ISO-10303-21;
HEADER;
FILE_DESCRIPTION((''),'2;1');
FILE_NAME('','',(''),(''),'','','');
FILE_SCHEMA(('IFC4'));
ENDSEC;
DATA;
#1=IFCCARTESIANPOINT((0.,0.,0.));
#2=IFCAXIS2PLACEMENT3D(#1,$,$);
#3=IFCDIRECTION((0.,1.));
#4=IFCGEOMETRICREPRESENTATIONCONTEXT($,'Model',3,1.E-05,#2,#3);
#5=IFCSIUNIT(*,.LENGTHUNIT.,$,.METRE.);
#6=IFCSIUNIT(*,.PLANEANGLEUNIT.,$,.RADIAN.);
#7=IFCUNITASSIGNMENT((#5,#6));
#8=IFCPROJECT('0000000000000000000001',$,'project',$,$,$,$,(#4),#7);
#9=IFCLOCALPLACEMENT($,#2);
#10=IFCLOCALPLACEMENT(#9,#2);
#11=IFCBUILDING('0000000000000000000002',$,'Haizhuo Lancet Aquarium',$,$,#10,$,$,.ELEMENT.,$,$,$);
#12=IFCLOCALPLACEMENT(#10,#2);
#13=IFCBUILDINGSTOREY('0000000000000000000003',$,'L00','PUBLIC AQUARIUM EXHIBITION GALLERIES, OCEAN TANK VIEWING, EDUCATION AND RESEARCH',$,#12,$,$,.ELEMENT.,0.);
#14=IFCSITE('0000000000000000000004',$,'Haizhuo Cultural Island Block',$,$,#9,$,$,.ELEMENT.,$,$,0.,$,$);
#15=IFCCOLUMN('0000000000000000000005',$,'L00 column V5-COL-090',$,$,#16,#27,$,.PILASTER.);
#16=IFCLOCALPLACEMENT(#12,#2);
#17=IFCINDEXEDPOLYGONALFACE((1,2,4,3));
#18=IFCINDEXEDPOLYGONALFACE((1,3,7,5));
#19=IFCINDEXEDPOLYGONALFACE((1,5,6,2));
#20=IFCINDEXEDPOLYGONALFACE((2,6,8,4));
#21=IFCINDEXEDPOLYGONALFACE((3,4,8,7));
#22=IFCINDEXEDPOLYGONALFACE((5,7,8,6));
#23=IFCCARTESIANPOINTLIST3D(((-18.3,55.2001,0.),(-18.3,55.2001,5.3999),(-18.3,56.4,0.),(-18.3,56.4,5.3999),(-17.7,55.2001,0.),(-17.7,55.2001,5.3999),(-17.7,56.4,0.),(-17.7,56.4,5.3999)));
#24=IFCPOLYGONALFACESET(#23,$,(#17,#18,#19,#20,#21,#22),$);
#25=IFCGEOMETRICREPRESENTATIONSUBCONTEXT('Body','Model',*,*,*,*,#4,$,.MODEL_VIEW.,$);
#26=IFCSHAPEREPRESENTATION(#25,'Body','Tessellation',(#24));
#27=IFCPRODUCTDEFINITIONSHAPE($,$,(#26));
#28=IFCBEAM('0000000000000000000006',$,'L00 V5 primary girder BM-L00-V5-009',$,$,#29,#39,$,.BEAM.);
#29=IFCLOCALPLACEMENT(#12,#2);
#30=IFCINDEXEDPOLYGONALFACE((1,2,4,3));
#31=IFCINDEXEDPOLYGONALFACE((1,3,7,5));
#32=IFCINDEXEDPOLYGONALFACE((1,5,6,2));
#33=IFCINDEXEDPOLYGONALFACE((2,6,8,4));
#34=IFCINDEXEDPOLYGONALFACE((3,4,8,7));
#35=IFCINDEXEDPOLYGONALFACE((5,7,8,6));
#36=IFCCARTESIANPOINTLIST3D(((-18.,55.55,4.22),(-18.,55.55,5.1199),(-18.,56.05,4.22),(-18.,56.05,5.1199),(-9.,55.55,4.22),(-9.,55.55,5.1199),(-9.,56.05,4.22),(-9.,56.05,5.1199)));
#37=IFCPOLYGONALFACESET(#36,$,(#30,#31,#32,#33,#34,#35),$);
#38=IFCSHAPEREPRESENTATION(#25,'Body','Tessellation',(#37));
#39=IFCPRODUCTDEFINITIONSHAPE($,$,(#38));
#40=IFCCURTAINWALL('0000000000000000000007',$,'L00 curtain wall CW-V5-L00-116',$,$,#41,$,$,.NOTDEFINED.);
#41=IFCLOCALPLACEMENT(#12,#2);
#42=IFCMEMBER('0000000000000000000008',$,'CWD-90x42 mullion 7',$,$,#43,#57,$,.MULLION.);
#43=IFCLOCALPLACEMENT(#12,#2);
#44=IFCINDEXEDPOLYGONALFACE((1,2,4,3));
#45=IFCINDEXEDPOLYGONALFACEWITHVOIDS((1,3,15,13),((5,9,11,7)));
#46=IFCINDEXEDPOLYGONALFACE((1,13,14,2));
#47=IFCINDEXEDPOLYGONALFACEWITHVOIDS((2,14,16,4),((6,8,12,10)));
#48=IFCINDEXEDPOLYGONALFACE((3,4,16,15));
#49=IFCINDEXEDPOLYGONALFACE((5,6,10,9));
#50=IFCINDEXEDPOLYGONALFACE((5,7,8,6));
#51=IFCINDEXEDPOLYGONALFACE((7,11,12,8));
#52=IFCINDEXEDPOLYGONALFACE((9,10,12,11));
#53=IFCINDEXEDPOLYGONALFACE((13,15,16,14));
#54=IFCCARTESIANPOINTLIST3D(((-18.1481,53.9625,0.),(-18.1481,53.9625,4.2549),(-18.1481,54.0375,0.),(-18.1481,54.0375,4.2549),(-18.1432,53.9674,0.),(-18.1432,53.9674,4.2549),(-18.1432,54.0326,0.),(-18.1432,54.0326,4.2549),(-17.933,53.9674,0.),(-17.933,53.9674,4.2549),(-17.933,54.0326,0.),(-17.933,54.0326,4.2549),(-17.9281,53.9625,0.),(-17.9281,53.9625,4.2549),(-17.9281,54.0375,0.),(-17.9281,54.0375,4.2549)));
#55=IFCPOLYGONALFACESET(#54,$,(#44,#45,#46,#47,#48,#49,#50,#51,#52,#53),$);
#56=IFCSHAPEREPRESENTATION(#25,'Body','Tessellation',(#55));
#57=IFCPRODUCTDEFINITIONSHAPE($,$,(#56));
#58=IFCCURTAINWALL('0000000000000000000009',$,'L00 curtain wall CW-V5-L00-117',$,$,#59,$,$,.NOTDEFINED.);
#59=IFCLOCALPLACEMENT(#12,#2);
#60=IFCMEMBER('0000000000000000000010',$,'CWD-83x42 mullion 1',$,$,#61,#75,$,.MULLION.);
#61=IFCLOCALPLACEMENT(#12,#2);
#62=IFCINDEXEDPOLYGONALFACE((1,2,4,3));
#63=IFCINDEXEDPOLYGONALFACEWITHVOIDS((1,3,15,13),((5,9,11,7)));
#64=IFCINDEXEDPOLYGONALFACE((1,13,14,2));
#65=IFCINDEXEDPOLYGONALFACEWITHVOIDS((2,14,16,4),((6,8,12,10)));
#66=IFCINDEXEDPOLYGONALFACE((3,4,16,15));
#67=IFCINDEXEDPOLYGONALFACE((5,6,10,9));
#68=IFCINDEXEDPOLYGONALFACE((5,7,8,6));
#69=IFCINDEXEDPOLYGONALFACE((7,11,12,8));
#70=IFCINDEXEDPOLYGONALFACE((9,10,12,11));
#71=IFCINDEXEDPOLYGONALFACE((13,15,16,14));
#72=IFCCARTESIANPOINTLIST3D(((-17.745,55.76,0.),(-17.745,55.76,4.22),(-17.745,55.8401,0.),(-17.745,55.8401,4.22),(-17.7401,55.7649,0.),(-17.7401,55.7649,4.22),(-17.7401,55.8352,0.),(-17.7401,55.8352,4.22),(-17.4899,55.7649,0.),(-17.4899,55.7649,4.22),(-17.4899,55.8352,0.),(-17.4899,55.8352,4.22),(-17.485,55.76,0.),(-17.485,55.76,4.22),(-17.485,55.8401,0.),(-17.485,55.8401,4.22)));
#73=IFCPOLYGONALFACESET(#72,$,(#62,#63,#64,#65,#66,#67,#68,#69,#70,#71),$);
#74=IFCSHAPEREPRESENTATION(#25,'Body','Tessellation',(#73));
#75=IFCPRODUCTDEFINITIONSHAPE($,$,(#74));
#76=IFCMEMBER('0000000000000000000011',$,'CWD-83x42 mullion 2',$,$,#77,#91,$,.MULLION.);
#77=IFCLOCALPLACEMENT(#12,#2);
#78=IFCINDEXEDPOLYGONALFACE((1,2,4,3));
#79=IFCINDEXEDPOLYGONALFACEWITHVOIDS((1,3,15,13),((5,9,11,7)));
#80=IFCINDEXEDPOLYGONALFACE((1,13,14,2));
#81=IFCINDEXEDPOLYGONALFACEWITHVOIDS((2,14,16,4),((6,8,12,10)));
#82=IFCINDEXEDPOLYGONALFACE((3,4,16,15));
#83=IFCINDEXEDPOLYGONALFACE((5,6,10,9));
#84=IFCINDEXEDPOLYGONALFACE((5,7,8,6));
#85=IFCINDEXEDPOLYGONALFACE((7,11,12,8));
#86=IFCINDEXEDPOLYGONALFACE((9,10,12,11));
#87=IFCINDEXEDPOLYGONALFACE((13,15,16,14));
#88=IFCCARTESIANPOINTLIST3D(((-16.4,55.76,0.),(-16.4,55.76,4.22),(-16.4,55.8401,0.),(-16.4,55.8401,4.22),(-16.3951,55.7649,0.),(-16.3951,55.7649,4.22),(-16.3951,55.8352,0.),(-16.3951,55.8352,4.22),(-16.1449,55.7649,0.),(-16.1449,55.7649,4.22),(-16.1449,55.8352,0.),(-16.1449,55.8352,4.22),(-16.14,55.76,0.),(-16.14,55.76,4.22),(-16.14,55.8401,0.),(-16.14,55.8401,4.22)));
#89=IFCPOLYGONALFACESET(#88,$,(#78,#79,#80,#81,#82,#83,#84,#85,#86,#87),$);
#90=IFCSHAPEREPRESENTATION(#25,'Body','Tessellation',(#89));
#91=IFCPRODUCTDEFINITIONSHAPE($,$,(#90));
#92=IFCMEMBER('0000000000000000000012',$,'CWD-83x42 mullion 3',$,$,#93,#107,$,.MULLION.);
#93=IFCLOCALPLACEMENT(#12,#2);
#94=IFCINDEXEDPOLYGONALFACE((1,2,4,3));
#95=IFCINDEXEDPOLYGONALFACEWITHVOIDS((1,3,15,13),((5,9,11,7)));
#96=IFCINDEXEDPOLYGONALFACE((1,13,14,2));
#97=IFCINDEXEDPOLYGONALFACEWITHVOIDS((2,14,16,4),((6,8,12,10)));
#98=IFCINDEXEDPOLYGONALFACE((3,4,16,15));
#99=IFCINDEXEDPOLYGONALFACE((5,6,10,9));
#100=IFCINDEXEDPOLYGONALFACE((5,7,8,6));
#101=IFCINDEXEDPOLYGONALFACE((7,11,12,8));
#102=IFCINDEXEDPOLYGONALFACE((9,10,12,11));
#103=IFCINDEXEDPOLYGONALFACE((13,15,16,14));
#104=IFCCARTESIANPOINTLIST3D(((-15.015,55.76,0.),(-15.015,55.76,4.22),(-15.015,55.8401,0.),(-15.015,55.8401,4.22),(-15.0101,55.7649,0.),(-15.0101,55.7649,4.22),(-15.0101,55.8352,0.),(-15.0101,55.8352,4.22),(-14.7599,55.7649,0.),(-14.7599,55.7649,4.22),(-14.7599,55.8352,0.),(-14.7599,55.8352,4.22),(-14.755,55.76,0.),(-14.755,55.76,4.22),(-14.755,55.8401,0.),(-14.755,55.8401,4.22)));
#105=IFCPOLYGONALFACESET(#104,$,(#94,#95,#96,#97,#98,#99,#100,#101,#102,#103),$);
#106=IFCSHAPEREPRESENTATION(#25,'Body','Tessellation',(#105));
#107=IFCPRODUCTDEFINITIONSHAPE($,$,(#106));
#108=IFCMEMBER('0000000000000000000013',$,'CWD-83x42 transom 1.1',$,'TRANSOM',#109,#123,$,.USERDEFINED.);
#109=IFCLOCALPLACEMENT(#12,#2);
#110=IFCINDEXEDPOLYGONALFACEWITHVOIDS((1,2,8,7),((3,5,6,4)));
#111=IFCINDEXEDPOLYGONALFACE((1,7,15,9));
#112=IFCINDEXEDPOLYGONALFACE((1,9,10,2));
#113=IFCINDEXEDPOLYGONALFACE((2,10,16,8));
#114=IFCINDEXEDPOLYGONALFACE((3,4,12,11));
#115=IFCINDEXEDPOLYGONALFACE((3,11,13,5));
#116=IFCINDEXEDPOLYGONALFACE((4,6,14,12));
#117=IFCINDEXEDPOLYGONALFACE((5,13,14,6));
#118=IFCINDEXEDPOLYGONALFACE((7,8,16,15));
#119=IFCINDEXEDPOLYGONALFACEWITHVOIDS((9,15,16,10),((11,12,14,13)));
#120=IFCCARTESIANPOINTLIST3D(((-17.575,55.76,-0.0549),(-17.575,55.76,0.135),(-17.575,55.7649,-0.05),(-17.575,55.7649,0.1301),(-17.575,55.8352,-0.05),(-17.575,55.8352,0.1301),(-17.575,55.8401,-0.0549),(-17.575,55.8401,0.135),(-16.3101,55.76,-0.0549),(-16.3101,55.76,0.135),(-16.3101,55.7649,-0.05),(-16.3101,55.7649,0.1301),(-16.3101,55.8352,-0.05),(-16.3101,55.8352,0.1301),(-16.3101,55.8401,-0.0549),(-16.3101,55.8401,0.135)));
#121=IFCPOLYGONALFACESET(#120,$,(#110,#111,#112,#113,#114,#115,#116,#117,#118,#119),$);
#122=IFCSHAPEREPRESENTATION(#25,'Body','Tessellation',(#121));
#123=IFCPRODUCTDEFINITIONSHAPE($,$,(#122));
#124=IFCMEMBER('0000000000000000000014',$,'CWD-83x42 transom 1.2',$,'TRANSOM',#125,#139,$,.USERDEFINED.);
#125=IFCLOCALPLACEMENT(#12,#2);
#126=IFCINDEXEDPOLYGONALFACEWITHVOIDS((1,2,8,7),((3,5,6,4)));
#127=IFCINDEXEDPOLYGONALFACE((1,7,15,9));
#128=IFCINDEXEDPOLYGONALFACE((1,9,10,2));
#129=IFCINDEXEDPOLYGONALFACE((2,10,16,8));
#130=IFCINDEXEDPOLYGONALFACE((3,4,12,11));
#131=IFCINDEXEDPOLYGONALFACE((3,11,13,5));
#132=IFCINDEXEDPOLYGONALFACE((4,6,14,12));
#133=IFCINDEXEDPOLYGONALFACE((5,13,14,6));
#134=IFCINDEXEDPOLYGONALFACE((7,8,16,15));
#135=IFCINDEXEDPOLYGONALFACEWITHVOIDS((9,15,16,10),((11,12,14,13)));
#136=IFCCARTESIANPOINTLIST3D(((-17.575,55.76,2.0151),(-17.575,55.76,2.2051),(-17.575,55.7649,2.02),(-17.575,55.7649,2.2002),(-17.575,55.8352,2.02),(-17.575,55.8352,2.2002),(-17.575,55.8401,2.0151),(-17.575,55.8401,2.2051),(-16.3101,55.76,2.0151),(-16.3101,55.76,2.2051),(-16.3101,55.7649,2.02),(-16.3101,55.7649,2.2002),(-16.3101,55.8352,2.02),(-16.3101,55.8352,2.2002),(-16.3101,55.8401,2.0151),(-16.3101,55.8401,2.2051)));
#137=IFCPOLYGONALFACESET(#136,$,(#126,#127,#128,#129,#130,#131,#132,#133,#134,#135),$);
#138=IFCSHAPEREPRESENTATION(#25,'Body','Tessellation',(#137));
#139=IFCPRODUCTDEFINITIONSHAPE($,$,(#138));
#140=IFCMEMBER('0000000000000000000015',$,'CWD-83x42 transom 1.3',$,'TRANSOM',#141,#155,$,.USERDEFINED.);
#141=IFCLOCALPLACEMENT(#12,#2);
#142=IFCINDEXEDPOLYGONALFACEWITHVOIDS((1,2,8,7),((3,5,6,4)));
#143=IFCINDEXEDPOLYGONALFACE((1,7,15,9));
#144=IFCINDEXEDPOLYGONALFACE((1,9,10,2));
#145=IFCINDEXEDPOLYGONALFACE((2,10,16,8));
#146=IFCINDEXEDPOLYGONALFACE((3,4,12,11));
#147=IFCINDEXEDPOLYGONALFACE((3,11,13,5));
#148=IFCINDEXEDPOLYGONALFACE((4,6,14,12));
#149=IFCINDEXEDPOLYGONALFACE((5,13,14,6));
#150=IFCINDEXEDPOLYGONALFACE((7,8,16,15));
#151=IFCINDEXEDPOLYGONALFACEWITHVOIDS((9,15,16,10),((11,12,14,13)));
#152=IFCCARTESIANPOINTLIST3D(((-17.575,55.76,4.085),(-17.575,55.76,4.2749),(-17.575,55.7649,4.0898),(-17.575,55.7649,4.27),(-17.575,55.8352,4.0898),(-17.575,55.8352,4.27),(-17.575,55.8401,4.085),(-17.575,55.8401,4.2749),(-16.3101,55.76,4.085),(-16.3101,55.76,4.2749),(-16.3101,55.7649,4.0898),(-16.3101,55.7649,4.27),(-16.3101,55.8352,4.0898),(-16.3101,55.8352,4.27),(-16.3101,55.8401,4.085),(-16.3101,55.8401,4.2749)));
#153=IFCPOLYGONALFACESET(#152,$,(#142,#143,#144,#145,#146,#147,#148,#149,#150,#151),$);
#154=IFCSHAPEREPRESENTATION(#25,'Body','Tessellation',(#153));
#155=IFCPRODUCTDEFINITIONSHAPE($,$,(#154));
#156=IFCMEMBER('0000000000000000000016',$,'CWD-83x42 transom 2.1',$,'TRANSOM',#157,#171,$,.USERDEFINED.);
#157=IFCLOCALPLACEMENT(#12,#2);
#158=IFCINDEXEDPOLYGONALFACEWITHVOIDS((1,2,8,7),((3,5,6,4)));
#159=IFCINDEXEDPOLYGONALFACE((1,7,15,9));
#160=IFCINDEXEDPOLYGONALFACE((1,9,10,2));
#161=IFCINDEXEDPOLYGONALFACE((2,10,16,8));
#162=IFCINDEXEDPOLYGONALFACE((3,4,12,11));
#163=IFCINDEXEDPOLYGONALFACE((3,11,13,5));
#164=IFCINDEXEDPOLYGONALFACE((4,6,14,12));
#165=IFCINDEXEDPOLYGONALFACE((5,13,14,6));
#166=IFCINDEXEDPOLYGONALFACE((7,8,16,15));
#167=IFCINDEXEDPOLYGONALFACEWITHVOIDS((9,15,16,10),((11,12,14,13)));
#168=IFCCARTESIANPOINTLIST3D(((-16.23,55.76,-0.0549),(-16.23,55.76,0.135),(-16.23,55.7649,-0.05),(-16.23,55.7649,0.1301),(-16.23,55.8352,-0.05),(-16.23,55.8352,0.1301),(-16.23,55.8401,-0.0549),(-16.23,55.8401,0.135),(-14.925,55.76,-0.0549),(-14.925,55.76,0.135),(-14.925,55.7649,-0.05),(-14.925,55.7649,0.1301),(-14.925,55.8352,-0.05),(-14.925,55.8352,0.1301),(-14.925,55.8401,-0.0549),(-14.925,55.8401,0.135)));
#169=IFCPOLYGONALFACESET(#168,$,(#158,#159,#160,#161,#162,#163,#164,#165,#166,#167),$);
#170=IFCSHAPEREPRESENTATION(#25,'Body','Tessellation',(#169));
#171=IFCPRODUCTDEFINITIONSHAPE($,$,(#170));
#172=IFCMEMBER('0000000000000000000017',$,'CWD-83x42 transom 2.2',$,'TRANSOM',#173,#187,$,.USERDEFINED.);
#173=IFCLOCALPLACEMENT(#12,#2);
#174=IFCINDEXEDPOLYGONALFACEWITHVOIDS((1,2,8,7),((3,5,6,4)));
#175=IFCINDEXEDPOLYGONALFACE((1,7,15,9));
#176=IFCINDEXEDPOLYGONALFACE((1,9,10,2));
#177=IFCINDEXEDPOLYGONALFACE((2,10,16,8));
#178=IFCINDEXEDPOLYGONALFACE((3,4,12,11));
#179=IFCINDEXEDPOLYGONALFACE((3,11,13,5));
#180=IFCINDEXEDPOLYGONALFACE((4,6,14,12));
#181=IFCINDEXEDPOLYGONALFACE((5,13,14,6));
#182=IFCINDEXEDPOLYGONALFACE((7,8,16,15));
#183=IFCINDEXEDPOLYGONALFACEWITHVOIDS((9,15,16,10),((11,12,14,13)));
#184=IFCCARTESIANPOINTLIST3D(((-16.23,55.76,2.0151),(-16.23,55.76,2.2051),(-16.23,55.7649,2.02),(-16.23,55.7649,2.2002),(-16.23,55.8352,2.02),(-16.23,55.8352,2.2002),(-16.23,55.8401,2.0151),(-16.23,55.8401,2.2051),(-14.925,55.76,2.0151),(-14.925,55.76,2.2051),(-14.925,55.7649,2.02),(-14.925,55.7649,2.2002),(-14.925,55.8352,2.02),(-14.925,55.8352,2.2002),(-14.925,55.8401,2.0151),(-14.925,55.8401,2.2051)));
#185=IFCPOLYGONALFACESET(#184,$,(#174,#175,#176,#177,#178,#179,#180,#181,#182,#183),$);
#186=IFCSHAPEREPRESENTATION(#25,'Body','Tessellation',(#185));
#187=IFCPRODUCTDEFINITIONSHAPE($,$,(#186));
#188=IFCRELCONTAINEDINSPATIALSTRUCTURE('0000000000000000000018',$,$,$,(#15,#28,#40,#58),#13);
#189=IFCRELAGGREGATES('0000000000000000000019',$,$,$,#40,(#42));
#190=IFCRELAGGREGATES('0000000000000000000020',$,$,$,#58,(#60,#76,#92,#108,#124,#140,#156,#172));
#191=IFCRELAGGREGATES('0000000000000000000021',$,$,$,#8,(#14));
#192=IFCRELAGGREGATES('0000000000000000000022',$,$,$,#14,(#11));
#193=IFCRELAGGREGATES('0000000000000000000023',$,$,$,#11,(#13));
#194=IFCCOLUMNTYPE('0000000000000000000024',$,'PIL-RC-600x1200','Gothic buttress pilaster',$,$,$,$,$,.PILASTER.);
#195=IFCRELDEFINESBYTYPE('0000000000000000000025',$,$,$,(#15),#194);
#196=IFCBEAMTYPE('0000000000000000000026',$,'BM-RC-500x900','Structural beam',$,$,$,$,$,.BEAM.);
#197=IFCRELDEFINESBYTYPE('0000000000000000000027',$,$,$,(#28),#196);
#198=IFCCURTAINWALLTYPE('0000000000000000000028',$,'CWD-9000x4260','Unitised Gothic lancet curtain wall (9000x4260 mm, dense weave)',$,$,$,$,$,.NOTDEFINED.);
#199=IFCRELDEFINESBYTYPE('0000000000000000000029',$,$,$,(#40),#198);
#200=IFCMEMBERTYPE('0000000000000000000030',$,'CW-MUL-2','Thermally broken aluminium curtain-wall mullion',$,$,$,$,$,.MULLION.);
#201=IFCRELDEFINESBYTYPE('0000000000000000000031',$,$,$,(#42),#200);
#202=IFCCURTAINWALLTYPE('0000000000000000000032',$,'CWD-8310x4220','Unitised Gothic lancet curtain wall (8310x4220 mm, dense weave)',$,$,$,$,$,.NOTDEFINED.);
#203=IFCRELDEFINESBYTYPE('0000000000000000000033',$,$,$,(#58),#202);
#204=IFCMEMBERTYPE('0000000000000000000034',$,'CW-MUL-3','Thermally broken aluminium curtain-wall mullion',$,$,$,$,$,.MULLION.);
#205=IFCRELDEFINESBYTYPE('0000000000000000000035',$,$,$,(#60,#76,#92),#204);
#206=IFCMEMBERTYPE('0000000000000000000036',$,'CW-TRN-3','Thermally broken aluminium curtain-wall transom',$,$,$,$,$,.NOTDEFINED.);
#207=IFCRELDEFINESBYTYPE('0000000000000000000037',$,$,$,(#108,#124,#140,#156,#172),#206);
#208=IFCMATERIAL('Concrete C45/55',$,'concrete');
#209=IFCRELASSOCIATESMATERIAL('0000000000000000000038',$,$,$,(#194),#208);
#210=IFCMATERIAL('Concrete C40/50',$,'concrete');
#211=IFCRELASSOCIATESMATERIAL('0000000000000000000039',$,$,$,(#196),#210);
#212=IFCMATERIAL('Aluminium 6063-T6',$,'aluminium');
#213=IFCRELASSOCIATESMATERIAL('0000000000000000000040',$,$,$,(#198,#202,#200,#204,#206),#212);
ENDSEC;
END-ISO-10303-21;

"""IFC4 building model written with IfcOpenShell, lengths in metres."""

from ifc_helpers import new_model, si_unit, direction, frame, origin, origin_2d, place, context, subcontext, project, spatial, rectangle, hollow_rectangle, extrude, material, material_profile, profile_set, type_object, element, aggregate, save


model = new_model("IFC4")

# Units and contexts
model_context = context("Model", 3, precision=1e-05, world=origin(), true_north=direction((0.0, 1.0)))
body_context = subcontext(model_context, "Body", "Model", "MODEL_VIEW")
ifc_project = project(units=[si_unit("LENGTHUNIT", "METRE"), si_unit("PLANEANGLEUNIT", "RADIAN")], contexts=[model_context])

# Site, building, storey
site_placement = place(None, origin())
site = spatial("IfcSite", under=ifc_project, at=site_placement, Name="Haizhuo Cultural Island Block", CompositionType="ELEMENT", RefElevation=0.0)
building_placement = place(site_placement, origin())
building = spatial("IfcBuilding", under=site, at=building_placement, Name="Haizhuo Lancet Aquarium", CompositionType="ELEMENT")
storey_placement = place(building_placement, origin())
storey = spatial("IfcBuildingStorey", under=building, at=storey_placement, Name="L00", Description="PUBLIC AQUARIUM EXHIBITION GALLERIES, OCEAN TANK VIEWING, EDUCATION AND RESEARCH", CompositionType="ELEMENT", Elevation=0.0)

# Column
ifc_material_1 = material(Name="Concrete C45/55", Category="concrete")
ifc_material_profile_1 = material_profile(ifc_material_1, rectangle(XDim=0.6001, YDim=1.2, at=origin_2d()), Name="RC-PIL 600x1200")
ifc_profile_set_1 = profile_set([ifc_material_profile_1], Name="Concrete C45/55")
column_type = type_object("IfcColumnType", Name="PIL-RC-600x1200", Description="Gothic buttress pilaster", PredefinedType="PILASTER", material=ifc_profile_set_1)
column_placement = place(storey_placement, frame((-18.0, 55.8, 0.0), z_axis=(0.0, 0.0, 1.0), x_axis=(1.0, 0.0, 0.0)))
element("IfcColumn", 1, at=column_placement, inside=storey, type_object=column_type, Name="L00 column V5-COL-090", PredefinedType="PILASTER", context=body_context, shape_type="SweptSolid", body=[
    extrude(rectangle(XDim=0.6001, YDim=1.2, at=origin_2d()), origin(), (0.0, 0.0, 1.0), 5.3999),
])

# Beam
ifc_material_2 = material(Name="Concrete C40/50", Category="concrete")
ifc_material_profile_2 = material_profile(ifc_material_2, rectangle(XDim=0.5, YDim=0.8999, at=origin_2d()), Name="RC-BM 500x900")
ifc_profile_set_2 = profile_set([ifc_material_profile_2], Name="Concrete C40/50")
beam_type_1 = type_object("IfcBeamType", Name="BM-RC-500x900", Description="Structural beam", PredefinedType="BEAM", material=ifc_profile_set_2)
beam_1_placement = place(storey_placement, frame((-18.0, 55.8, 4.6699), z_axis=(1.0, 0.0, 0.0), x_axis=(0.0, 1.0, 0.0)))
element("IfcBeam", 2, at=beam_1_placement, inside=storey, type_object=beam_type_1, Name="L00 V5 primary girder BM-L00-V5-009", PredefinedType="BEAM", context=body_context, shape_type="SweptSolid", body=[
    extrude(rectangle(XDim=0.5, YDim=0.8999, at=origin_2d()), origin(), (0.0, 0.0, 1.0), 9.0),
])

# Curtain wall, member
ifc_material_3 = material(Name="Aluminium 6063-T6", Category="aluminium")
curtain_wall_type_1 = type_object("IfcCurtainWallType", Name="CWD-9000x4260", Description="Unitised Gothic lancet curtain wall (9000x4260 mm, dense weave)", PredefinedType="NOTDEFINED", material=ifc_material_3)
curtain_wall_1_placement = place(storey_placement, origin())
curtain_wall_1 = element("IfcCurtainWall", 3, at=curtain_wall_1_placement, inside=storey, type_object=curtain_wall_type_1, Name="L00 curtain wall CW-V5-L00-116", PredefinedType="NOTDEFINED")
ifc_material_profile_3 = material_profile(ifc_material_3, hollow_rectangle(XDim=0.075, YDim=0.22, WallThickness=0.0049, at=origin_2d()), Name="ALU-M 75x220x5")
ifc_profile_set_3 = profile_set([ifc_material_profile_3], Name="Aluminium 6063-T6")
member_type_1 = type_object("IfcMemberType", Name="CW-MUL-2", Description="Thermally broken aluminium curtain-wall mullion", PredefinedType="MULLION", material=ifc_profile_set_3)
member_1_placement = place(storey_placement, frame((-18.0381, 54.0, 0.0), z_axis=(0.0, 0.0, 1.0), x_axis=(0.0, 1.0, 0.0)))
member_1 = element("IfcMember", 4, at=member_1_placement, type_object=member_type_1, Name="CWD-90x42 mullion 7", PredefinedType="MULLION", context=body_context, shape_type="SweptSolid", body=[
    extrude(hollow_rectangle(XDim=0.075, YDim=0.22, WallThickness=0.0049, at=origin_2d()), origin(), (0.0, 0.0, 1.0), 4.2549),
])
aggregate(curtain_wall_1, [member_1])

# Curtain wall, members
curtain_wall_type_2 = type_object("IfcCurtainWallType", Name="CWD-8310x4220", Description="Unitised Gothic lancet curtain wall (8310x4220 mm, dense weave)", PredefinedType="NOTDEFINED", material=ifc_material_3)
curtain_wall_2_placement = place(storey_placement, origin())
curtain_wall_2 = element("IfcCurtainWall", 5, at=curtain_wall_2_placement, inside=storey, type_object=curtain_wall_type_2, Name="L00 curtain wall CW-V5-L00-117", PredefinedType="NOTDEFINED")
ifc_material_profile_4 = material_profile(ifc_material_3, hollow_rectangle(XDim=0.0801, YDim=0.26, WallThickness=0.0049, at=origin_2d()), Name="ALU-M 80x260x5")
ifc_profile_set_4 = profile_set([ifc_material_profile_4], Name="Aluminium 6063-T6")
member_type_2 = type_object("IfcMemberType", Name="CW-MUL-3", Description="Thermally broken aluminium curtain-wall mullion", PredefinedType="MULLION", material=ifc_profile_set_4)
member_2_placement = place(storey_placement, frame((-17.615, 55.8, 0.0), z_axis=(0.0, 0.0, 1.0), x_axis=(0.0, 1.0, 0.0)))
member_2 = element("IfcMember", 6, at=member_2_placement, type_object=member_type_2, Name="CWD-83x42 mullion 1", PredefinedType="MULLION", context=body_context, shape_type="SweptSolid", body=[
    extrude(hollow_rectangle(XDim=0.0801, YDim=0.26, WallThickness=0.0049, at=origin_2d()), origin(), (0.0, 0.0, 1.0), 4.22),
])
member_3_placement = place(storey_placement, frame((-16.27, 55.8, 0.0), z_axis=(0.0, 0.0, 1.0), x_axis=(0.0, 1.0, 0.0)))
member_3 = element("IfcMember", 7, at=member_3_placement, type_object=member_type_2, Name="CWD-83x42 mullion 2", PredefinedType="MULLION", context=body_context, shape_type="SweptSolid", body=[
    extrude(hollow_rectangle(XDim=0.0801, YDim=0.26, WallThickness=0.0049, at=origin_2d()), origin(), (0.0, 0.0, 1.0), 4.22),
])
member_4_placement = place(storey_placement, frame((-14.885, 55.8, 0.0), z_axis=(0.0, 0.0, 1.0), x_axis=(0.0, 1.0, 0.0)))
member_4 = element("IfcMember", 8, at=member_4_placement, type_object=member_type_2, Name="CWD-83x42 mullion 3", PredefinedType="MULLION", context=body_context, shape_type="SweptSolid", body=[
    extrude(hollow_rectangle(XDim=0.0801, YDim=0.26, WallThickness=0.0049, at=origin_2d()), origin(), (0.0, 0.0, 1.0), 4.22),
])
ifc_material_profile_5 = material_profile(ifc_material_3, hollow_rectangle(XDim=0.0801, YDim=0.1899, WallThickness=0.0049, at=origin_2d()), Name="ALU-T 80x190x5")
ifc_profile_set_5 = profile_set([ifc_material_profile_5], Name="Aluminium 6063-T6")
member_type_3 = type_object("IfcMemberType", Name="CW-TRN-3", Description="Thermally broken aluminium curtain-wall transom", PredefinedType="NOTDEFINED", material=ifc_profile_set_5)
member_5_placement = place(storey_placement, frame((-17.575, 55.8, 0.04), z_axis=(1.0, 0.0, 0.0), x_axis=(0.0, 1.0, 0.0)))
member_5 = element("IfcMember", 9, at=member_5_placement, type_object=member_type_3, Name="CWD-83x42 transom 1.1", ObjectType="TRANSOM", PredefinedType="USERDEFINED", context=body_context, shape_type="SweptSolid", body=[
    extrude(hollow_rectangle(XDim=0.0801, YDim=0.1899, WallThickness=0.0049, at=origin_2d()), origin(), (0.0, 0.0, 1.0), 1.2649),
])
member_6_placement = place(storey_placement, frame((-17.575, 55.8, 2.1101), z_axis=(1.0, 0.0, 0.0), x_axis=(0.0, 1.0, 0.0)))
member_6 = element("IfcMember", 10, at=member_6_placement, type_object=member_type_3, Name="CWD-83x42 transom 1.2", ObjectType="TRANSOM", PredefinedType="USERDEFINED", context=body_context, shape_type="SweptSolid", body=[
    extrude(hollow_rectangle(XDim=0.0801, YDim=0.1899, WallThickness=0.0049, at=origin_2d()), origin(), (0.0, 0.0, 1.0), 1.2649),
])
member_7_placement = place(storey_placement, frame((-17.575, 55.8, 4.1799), z_axis=(1.0, 0.0, 0.0), x_axis=(0.0, 1.0, 0.0)))
member_7 = element("IfcMember", 11, at=member_7_placement, type_object=member_type_3, Name="CWD-83x42 transom 1.3", ObjectType="TRANSOM", PredefinedType="USERDEFINED", context=body_context, shape_type="SweptSolid", body=[
    extrude(hollow_rectangle(XDim=0.0801, YDim=0.1899, WallThickness=0.0049, at=origin_2d()), origin(), (0.0, 0.0, 1.0), 1.2649),
])
member_8_placement = place(storey_placement, frame((-16.23, 55.8, 0.04), z_axis=(1.0, 0.0, 0.0), x_axis=(0.0, 1.0, 0.0)))
member_8 = element("IfcMember", 12, at=member_8_placement, type_object=member_type_3, Name="CWD-83x42 transom 2.1", ObjectType="TRANSOM", PredefinedType="USERDEFINED", context=body_context, shape_type="SweptSolid", body=[
    extrude(hollow_rectangle(XDim=0.0801, YDim=0.1899, WallThickness=0.0049, at=origin_2d()), origin(), (0.0, 0.0, 1.0), 1.3049),
])
member_9_placement = place(storey_placement, frame((-16.23, 55.8, 2.1101), z_axis=(1.0, 0.0, 0.0), x_axis=(0.0, 1.0, 0.0)))
member_9 = element("IfcMember", 13, at=member_9_placement, type_object=member_type_3, Name="CWD-83x42 transom 2.2", ObjectType="TRANSOM", PredefinedType="USERDEFINED", context=body_context, shape_type="SweptSolid", body=[
    extrude(hollow_rectangle(XDim=0.0801, YDim=0.1899, WallThickness=0.0049, at=origin_2d()), origin(), (0.0, 0.0, 1.0), 1.3049),
])

aggregate(curtain_wall_2, [member_2, member_3, member_4, member_5, member_6, member_7, member_8, member_9])

save(model, "model.ifc")
